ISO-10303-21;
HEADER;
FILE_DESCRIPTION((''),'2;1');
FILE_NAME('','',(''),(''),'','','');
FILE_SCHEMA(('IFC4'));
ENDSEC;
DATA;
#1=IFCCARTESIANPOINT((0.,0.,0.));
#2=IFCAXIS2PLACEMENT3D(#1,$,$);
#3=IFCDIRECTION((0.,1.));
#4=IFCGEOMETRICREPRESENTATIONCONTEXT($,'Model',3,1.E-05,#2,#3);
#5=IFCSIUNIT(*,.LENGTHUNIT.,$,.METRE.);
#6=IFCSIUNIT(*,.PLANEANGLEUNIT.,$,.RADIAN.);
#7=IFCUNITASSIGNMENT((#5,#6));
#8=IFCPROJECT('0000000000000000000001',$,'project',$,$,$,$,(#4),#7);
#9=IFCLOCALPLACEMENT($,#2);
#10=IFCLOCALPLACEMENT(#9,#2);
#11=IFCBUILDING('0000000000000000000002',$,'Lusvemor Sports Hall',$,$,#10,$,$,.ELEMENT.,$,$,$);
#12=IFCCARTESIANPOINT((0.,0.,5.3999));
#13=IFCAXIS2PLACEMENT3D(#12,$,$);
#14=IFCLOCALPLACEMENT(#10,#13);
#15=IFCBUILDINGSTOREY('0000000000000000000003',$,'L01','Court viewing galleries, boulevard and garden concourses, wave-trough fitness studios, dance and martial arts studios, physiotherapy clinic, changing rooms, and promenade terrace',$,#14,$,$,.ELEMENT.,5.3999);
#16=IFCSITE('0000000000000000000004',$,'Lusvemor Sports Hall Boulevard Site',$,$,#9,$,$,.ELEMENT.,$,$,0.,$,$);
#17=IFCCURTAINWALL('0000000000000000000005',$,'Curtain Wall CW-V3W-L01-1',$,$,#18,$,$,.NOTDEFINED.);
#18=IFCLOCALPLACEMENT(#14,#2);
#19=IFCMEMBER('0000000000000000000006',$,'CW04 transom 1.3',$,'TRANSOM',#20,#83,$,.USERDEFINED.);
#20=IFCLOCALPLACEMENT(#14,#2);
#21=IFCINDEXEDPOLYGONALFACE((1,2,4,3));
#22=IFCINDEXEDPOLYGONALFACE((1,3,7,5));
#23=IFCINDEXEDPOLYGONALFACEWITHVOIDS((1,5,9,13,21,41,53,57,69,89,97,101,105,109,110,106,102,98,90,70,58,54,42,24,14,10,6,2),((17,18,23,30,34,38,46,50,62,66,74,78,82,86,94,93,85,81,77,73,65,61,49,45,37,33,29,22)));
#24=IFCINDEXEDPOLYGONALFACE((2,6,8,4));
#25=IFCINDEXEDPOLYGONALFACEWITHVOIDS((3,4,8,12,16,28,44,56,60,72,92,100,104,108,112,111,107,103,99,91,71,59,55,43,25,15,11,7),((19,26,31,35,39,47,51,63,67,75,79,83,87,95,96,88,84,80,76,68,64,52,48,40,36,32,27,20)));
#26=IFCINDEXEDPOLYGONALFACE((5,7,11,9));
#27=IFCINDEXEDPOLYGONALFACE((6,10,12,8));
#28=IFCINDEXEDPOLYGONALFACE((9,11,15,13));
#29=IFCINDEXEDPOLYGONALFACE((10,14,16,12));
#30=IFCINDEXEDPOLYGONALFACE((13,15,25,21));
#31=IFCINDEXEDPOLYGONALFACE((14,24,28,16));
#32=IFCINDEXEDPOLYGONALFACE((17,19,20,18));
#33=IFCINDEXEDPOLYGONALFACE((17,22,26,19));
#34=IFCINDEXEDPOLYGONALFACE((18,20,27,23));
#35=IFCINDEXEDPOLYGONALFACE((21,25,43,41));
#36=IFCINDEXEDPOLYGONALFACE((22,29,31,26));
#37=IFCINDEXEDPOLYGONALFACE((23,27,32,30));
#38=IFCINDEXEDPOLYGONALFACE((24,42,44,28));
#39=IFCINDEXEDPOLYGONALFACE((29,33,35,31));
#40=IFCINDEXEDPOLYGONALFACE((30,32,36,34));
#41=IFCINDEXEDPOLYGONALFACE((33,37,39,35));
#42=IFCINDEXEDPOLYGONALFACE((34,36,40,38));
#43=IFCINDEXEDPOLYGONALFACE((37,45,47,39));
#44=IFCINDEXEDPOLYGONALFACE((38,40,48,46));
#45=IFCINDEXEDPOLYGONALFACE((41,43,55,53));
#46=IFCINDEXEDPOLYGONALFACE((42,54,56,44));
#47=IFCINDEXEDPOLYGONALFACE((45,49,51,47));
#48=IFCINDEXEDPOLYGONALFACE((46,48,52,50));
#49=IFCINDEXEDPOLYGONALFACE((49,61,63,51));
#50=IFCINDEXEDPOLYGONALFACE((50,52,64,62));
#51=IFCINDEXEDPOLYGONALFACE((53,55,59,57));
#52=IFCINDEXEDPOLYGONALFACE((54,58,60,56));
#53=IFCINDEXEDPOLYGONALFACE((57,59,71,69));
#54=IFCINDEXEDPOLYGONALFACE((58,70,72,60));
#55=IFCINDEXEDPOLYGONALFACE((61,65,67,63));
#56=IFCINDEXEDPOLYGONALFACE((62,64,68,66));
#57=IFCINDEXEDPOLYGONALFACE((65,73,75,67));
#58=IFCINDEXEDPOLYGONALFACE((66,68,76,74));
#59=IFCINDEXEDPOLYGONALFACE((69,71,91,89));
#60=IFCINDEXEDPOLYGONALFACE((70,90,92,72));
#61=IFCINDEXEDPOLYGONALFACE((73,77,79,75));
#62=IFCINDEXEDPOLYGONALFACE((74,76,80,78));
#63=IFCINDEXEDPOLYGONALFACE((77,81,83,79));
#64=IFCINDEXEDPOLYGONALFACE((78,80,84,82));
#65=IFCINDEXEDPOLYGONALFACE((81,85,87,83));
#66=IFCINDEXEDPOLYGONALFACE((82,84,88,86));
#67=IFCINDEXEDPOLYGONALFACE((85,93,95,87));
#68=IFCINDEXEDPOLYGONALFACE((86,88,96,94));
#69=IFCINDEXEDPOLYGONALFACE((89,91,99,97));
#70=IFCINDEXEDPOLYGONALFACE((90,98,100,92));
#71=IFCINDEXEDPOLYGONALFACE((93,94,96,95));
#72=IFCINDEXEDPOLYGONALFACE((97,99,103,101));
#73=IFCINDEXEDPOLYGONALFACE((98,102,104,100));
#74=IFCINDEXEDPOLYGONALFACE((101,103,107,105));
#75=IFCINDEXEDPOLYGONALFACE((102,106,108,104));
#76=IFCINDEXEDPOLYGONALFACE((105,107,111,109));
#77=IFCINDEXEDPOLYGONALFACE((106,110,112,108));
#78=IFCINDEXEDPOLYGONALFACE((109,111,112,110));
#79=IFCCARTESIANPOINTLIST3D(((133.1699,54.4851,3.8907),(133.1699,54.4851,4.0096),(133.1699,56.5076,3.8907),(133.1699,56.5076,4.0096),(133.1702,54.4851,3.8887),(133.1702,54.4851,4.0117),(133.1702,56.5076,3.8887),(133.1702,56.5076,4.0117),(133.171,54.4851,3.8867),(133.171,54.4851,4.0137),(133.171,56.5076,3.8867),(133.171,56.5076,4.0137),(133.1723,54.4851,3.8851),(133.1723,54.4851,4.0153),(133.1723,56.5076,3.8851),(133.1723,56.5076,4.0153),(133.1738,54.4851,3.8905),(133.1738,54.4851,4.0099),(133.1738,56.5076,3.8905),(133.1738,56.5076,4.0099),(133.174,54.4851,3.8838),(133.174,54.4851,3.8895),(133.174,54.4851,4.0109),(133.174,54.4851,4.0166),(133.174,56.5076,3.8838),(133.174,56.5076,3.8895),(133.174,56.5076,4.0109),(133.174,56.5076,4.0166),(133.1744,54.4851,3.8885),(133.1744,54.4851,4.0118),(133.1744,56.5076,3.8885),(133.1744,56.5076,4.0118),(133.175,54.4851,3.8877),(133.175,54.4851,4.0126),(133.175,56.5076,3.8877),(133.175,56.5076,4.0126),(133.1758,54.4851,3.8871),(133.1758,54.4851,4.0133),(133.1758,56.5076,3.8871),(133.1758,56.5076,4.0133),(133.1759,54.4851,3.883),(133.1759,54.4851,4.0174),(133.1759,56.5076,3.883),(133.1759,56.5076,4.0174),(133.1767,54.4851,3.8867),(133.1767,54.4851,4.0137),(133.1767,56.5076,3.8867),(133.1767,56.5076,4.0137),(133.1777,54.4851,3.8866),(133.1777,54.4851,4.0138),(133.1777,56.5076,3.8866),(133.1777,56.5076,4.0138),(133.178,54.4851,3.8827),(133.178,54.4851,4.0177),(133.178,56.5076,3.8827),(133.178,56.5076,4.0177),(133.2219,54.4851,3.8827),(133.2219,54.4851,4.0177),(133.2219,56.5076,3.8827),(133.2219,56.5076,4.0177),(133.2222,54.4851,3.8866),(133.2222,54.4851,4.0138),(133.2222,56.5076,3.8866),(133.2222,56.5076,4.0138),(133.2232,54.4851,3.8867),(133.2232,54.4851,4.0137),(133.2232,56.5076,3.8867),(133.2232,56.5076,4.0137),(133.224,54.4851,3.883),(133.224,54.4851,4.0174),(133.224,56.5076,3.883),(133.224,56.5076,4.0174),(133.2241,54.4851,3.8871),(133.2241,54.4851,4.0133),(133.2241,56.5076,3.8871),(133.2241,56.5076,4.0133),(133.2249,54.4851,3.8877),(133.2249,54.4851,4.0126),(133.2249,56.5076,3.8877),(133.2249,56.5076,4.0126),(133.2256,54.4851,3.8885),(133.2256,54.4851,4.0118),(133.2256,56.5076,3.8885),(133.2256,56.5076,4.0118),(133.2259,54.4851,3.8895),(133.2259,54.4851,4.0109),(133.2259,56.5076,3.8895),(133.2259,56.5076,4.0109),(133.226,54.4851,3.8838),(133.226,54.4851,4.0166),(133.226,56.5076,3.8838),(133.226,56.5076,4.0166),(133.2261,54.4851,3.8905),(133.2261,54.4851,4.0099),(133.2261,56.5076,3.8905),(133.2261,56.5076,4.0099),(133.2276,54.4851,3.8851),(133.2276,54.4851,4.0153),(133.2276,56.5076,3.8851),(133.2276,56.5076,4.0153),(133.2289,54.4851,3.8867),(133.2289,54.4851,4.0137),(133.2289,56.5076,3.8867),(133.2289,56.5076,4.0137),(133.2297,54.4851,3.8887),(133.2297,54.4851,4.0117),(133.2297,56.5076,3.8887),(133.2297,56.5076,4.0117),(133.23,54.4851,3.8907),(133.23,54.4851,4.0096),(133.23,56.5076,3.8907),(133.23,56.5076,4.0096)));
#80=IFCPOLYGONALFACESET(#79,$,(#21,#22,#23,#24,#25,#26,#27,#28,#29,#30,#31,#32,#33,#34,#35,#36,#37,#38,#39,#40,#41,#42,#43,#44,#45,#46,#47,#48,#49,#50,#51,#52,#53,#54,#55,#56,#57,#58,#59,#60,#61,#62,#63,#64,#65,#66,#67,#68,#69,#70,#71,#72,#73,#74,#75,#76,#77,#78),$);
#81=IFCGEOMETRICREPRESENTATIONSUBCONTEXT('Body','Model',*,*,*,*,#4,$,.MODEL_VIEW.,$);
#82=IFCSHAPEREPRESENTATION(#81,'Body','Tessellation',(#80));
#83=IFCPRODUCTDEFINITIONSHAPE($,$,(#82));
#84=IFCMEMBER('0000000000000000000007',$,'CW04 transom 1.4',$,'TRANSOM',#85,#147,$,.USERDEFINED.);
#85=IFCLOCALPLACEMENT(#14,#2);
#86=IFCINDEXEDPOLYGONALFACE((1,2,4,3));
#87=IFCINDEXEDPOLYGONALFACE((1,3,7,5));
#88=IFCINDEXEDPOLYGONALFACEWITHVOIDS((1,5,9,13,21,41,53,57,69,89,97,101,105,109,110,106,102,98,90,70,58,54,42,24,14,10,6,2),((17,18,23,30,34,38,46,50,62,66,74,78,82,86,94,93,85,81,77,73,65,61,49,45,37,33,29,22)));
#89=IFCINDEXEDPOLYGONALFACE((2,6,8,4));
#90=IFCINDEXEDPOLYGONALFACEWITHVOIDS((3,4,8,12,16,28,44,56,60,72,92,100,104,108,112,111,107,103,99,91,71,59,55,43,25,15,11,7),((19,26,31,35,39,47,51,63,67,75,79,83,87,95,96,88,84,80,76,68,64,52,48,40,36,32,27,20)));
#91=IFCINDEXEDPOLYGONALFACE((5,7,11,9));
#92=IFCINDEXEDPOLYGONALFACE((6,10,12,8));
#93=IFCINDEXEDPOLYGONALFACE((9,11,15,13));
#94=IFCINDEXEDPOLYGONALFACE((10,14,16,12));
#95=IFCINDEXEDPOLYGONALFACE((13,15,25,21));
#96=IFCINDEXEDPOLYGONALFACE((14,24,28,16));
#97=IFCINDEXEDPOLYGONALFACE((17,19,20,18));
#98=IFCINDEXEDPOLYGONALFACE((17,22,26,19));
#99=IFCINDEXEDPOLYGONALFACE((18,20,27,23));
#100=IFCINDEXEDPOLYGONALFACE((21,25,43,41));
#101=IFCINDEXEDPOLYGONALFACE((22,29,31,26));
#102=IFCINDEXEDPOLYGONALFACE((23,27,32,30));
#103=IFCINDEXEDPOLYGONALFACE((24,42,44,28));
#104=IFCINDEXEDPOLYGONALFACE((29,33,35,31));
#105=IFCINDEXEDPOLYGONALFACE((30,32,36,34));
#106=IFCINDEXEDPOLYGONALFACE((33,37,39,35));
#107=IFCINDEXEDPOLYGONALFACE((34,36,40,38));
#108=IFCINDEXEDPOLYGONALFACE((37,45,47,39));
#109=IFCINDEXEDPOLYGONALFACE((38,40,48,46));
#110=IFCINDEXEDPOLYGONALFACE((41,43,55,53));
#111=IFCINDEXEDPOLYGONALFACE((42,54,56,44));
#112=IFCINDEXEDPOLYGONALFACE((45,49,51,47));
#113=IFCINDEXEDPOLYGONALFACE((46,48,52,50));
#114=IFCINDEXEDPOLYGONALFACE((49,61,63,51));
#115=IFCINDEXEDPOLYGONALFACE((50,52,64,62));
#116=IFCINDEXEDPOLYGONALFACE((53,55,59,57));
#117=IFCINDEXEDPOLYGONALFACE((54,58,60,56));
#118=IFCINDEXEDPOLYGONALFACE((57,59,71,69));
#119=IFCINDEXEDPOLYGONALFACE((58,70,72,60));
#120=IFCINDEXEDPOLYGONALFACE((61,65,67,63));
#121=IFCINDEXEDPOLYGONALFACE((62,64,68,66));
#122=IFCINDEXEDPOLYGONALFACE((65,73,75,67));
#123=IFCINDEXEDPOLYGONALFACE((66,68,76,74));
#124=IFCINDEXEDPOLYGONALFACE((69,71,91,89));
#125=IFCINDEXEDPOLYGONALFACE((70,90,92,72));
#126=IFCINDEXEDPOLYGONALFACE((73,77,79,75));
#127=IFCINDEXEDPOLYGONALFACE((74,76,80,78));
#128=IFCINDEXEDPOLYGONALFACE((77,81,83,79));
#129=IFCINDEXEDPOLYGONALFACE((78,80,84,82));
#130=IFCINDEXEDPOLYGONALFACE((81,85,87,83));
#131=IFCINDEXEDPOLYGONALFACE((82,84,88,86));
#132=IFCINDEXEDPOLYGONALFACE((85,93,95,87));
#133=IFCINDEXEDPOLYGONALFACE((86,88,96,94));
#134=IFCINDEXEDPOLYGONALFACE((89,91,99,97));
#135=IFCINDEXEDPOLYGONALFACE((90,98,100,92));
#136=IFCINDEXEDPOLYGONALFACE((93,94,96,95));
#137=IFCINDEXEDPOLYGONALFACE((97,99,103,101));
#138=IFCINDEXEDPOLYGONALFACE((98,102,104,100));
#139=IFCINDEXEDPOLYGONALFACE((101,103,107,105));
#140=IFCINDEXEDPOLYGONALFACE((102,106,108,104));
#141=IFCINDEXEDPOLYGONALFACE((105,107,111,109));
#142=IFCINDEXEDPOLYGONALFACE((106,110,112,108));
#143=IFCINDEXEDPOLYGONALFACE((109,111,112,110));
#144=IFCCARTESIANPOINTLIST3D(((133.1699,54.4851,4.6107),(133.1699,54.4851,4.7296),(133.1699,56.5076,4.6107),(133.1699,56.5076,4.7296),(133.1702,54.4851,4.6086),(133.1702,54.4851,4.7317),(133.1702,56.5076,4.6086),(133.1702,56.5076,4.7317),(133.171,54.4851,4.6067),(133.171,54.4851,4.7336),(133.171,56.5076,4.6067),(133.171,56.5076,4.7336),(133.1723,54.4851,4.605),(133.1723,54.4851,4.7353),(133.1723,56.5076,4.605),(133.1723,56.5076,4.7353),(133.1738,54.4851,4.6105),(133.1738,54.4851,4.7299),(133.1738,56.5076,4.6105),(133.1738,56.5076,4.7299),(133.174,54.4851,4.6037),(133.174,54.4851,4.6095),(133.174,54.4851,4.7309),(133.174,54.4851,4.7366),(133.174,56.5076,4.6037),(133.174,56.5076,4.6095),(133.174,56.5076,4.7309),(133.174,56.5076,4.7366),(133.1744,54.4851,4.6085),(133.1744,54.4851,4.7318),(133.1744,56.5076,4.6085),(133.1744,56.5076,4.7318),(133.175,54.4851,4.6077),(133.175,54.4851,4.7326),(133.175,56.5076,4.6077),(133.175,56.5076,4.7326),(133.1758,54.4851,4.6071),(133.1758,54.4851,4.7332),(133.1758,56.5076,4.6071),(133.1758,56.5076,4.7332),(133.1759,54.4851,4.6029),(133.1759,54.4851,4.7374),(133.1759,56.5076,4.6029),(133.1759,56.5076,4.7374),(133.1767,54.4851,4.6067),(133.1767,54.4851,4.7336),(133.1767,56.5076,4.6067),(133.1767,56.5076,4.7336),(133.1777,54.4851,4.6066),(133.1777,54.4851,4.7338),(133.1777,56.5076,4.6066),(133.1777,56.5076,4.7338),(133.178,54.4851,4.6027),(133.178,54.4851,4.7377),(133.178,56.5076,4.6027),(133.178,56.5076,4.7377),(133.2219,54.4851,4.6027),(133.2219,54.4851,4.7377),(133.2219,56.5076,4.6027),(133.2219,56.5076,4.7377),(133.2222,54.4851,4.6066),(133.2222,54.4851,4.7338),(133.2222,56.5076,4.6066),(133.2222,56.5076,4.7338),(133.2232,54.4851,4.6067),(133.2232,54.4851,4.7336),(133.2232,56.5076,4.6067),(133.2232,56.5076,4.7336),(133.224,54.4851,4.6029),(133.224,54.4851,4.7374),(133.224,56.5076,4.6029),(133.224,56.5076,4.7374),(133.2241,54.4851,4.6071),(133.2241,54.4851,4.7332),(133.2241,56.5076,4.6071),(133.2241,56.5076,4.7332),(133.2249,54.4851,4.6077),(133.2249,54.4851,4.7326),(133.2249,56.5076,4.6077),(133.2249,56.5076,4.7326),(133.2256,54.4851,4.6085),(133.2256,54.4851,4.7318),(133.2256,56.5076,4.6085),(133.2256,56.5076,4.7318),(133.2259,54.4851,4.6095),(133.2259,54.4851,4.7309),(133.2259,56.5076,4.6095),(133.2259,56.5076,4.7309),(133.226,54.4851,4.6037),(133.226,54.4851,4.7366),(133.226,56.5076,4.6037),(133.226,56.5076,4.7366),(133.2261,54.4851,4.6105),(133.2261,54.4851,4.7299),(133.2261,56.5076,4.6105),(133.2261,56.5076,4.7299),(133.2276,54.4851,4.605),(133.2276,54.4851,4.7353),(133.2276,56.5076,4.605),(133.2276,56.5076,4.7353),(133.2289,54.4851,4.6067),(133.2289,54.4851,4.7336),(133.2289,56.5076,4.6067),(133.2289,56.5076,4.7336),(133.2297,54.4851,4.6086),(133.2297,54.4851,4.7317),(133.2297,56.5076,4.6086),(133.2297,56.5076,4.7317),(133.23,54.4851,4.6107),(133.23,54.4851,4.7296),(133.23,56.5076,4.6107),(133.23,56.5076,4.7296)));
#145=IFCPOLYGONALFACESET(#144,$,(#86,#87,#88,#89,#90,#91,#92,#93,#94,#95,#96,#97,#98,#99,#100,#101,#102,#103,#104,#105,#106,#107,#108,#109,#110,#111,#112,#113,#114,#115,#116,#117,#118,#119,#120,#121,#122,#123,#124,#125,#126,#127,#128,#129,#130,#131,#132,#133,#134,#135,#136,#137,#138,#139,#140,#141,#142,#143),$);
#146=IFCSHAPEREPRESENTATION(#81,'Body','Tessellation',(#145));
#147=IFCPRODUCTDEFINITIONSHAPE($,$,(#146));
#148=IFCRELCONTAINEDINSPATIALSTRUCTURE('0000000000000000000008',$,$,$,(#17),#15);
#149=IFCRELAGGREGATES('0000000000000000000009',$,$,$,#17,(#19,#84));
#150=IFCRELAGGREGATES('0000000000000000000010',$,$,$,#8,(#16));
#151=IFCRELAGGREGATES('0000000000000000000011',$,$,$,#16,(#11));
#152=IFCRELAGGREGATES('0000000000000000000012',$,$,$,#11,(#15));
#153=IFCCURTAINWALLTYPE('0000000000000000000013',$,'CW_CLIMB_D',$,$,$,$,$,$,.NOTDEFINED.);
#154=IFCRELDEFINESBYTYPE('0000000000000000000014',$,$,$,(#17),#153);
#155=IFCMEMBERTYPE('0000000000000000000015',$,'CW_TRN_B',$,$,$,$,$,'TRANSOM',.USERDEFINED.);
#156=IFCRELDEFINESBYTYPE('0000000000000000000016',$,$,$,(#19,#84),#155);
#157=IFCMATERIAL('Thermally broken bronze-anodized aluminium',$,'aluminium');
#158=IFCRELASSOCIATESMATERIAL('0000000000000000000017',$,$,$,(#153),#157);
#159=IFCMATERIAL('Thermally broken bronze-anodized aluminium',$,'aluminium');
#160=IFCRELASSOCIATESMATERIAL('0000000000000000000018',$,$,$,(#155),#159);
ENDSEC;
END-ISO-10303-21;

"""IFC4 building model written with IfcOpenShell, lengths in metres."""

from ifc_helpers import new_model, si_unit, direction, frame, origin, origin_2d, place, context, subcontext, project, spatial, hollow_rectangle, extrude, material, material_profile, profile_set, type_object, element, aggregate, save


model = new_model("IFC4")

# Units and contexts
model_context = context("Model", 3, precision=1e-05, world=origin(), true_north=direction((0.0, 1.0)))
body_context = subcontext(model_context, "Body", "Model", "MODEL_VIEW")
ifc_project = project(units=[si_unit("LENGTHUNIT", "METRE"), si_unit("PLANEANGLEUNIT", "RADIAN")], contexts=[model_context])

# Site, building, storey
site_placement = place(None, origin())
site = spatial("IfcSite", under=ifc_project, at=site_placement, Name="Lusvemor Sports Hall Boulevard Site", CompositionType="ELEMENT", RefElevation=0.0)
building_placement = place(site_placement, origin())
building = spatial("IfcBuilding", under=site, at=building_placement, Name="Lusvemor Sports Hall", CompositionType="ELEMENT")
storey_placement = place(building_placement, frame((0.0, 0.0, 5.3999)))
storey = spatial("IfcBuildingStorey", under=building, at=storey_placement, Name="L01", Description="Court viewing galleries, boulevard and garden concourses, wave-trough fitness studios, dance and martial arts studios, physiotherapy clinic, changing rooms, and promenade terrace", CompositionType="ELEMENT", Elevation=5.3999)

# Shared definitions
ifc_material_1 = material(Name="Thermally broken bronze-anodized aluminium", Category="aluminium")
curtain_wall_type = type_object("IfcCurtainWallType", Name="CW_CLIMB_D", PredefinedType="NOTDEFINED", material=ifc_material_1)

# Curtain wall
curtain_wall_1_placement = place(storey_placement, origin())
curtain_wall_1 = element("IfcCurtainWall", 1, at=curtain_wall_1_placement, inside=storey, type_object=curtain_wall_type, Name="Curtain Wall CW-V3W-L01-1", PredefinedType="NOTDEFINED")

# Members
ifc_material_2 = material(Name="Thermally broken bronze-anodized aluminium", Category="aluminium")
ifc_material_profile_1 = material_profile(ifc_material_2, hollow_rectangle(XDim=0.0601, YDim=0.135, WallThickness=0.0039, InnerFilletRadius=0.0039, OuterFilletRadius=0.0081, at=origin_2d()), Name="CWTRN135x60x4")
ifc_profile_set_1 = profile_set([ifc_material_profile_1], Name="Thermally broken bronze-anodized aluminium")
member_type_1 = type_object("IfcMemberType", Name="CW_TRN_B", ElementType="TRANSOM", PredefinedType="USERDEFINED", material=ifc_profile_set_1)
member_1_placement = place(storey_placement, frame((133.2, 54.4851, 3.9502), z_axis=(0.0, 1.0, 0.0), x_axis=(-1.0, 0.0, 0.0)))
member_1 = element("IfcMember", 2, at=member_1_placement, type_object=member_type_1, Name="CW04 transom 1.3", ObjectType="TRANSOM", PredefinedType="USERDEFINED", context=body_context, shape_type="SweptSolid", body=[
    extrude(hollow_rectangle(XDim=0.0601, YDim=0.135, WallThickness=0.0039, InnerFilletRadius=0.0039, OuterFilletRadius=0.0081, at=origin_2d()), origin(), (0.0, 0.0, 1.0), 2.0225),
])
member_2_placement = place(storey_placement, frame((133.2, 54.4851, 4.6702), z_axis=(0.0, 1.0, 0.0), x_axis=(-1.0, 0.0, 0.0)))
member_2 = element("IfcMember", 3, at=member_2_placement, type_object=member_type_1, Name="CW04 transom 1.4", ObjectType="TRANSOM", PredefinedType="USERDEFINED", context=body_context, shape_type="SweptSolid", body=[
    extrude(hollow_rectangle(XDim=0.0601, YDim=0.135, WallThickness=0.0039, InnerFilletRadius=0.0039, OuterFilletRadius=0.0081, at=origin_2d()), origin(), (0.0, 0.0, 1.0), 2.0225),
])

aggregate(curtain_wall_1, [member_1, member_2])

save(model, "model.ifc")
